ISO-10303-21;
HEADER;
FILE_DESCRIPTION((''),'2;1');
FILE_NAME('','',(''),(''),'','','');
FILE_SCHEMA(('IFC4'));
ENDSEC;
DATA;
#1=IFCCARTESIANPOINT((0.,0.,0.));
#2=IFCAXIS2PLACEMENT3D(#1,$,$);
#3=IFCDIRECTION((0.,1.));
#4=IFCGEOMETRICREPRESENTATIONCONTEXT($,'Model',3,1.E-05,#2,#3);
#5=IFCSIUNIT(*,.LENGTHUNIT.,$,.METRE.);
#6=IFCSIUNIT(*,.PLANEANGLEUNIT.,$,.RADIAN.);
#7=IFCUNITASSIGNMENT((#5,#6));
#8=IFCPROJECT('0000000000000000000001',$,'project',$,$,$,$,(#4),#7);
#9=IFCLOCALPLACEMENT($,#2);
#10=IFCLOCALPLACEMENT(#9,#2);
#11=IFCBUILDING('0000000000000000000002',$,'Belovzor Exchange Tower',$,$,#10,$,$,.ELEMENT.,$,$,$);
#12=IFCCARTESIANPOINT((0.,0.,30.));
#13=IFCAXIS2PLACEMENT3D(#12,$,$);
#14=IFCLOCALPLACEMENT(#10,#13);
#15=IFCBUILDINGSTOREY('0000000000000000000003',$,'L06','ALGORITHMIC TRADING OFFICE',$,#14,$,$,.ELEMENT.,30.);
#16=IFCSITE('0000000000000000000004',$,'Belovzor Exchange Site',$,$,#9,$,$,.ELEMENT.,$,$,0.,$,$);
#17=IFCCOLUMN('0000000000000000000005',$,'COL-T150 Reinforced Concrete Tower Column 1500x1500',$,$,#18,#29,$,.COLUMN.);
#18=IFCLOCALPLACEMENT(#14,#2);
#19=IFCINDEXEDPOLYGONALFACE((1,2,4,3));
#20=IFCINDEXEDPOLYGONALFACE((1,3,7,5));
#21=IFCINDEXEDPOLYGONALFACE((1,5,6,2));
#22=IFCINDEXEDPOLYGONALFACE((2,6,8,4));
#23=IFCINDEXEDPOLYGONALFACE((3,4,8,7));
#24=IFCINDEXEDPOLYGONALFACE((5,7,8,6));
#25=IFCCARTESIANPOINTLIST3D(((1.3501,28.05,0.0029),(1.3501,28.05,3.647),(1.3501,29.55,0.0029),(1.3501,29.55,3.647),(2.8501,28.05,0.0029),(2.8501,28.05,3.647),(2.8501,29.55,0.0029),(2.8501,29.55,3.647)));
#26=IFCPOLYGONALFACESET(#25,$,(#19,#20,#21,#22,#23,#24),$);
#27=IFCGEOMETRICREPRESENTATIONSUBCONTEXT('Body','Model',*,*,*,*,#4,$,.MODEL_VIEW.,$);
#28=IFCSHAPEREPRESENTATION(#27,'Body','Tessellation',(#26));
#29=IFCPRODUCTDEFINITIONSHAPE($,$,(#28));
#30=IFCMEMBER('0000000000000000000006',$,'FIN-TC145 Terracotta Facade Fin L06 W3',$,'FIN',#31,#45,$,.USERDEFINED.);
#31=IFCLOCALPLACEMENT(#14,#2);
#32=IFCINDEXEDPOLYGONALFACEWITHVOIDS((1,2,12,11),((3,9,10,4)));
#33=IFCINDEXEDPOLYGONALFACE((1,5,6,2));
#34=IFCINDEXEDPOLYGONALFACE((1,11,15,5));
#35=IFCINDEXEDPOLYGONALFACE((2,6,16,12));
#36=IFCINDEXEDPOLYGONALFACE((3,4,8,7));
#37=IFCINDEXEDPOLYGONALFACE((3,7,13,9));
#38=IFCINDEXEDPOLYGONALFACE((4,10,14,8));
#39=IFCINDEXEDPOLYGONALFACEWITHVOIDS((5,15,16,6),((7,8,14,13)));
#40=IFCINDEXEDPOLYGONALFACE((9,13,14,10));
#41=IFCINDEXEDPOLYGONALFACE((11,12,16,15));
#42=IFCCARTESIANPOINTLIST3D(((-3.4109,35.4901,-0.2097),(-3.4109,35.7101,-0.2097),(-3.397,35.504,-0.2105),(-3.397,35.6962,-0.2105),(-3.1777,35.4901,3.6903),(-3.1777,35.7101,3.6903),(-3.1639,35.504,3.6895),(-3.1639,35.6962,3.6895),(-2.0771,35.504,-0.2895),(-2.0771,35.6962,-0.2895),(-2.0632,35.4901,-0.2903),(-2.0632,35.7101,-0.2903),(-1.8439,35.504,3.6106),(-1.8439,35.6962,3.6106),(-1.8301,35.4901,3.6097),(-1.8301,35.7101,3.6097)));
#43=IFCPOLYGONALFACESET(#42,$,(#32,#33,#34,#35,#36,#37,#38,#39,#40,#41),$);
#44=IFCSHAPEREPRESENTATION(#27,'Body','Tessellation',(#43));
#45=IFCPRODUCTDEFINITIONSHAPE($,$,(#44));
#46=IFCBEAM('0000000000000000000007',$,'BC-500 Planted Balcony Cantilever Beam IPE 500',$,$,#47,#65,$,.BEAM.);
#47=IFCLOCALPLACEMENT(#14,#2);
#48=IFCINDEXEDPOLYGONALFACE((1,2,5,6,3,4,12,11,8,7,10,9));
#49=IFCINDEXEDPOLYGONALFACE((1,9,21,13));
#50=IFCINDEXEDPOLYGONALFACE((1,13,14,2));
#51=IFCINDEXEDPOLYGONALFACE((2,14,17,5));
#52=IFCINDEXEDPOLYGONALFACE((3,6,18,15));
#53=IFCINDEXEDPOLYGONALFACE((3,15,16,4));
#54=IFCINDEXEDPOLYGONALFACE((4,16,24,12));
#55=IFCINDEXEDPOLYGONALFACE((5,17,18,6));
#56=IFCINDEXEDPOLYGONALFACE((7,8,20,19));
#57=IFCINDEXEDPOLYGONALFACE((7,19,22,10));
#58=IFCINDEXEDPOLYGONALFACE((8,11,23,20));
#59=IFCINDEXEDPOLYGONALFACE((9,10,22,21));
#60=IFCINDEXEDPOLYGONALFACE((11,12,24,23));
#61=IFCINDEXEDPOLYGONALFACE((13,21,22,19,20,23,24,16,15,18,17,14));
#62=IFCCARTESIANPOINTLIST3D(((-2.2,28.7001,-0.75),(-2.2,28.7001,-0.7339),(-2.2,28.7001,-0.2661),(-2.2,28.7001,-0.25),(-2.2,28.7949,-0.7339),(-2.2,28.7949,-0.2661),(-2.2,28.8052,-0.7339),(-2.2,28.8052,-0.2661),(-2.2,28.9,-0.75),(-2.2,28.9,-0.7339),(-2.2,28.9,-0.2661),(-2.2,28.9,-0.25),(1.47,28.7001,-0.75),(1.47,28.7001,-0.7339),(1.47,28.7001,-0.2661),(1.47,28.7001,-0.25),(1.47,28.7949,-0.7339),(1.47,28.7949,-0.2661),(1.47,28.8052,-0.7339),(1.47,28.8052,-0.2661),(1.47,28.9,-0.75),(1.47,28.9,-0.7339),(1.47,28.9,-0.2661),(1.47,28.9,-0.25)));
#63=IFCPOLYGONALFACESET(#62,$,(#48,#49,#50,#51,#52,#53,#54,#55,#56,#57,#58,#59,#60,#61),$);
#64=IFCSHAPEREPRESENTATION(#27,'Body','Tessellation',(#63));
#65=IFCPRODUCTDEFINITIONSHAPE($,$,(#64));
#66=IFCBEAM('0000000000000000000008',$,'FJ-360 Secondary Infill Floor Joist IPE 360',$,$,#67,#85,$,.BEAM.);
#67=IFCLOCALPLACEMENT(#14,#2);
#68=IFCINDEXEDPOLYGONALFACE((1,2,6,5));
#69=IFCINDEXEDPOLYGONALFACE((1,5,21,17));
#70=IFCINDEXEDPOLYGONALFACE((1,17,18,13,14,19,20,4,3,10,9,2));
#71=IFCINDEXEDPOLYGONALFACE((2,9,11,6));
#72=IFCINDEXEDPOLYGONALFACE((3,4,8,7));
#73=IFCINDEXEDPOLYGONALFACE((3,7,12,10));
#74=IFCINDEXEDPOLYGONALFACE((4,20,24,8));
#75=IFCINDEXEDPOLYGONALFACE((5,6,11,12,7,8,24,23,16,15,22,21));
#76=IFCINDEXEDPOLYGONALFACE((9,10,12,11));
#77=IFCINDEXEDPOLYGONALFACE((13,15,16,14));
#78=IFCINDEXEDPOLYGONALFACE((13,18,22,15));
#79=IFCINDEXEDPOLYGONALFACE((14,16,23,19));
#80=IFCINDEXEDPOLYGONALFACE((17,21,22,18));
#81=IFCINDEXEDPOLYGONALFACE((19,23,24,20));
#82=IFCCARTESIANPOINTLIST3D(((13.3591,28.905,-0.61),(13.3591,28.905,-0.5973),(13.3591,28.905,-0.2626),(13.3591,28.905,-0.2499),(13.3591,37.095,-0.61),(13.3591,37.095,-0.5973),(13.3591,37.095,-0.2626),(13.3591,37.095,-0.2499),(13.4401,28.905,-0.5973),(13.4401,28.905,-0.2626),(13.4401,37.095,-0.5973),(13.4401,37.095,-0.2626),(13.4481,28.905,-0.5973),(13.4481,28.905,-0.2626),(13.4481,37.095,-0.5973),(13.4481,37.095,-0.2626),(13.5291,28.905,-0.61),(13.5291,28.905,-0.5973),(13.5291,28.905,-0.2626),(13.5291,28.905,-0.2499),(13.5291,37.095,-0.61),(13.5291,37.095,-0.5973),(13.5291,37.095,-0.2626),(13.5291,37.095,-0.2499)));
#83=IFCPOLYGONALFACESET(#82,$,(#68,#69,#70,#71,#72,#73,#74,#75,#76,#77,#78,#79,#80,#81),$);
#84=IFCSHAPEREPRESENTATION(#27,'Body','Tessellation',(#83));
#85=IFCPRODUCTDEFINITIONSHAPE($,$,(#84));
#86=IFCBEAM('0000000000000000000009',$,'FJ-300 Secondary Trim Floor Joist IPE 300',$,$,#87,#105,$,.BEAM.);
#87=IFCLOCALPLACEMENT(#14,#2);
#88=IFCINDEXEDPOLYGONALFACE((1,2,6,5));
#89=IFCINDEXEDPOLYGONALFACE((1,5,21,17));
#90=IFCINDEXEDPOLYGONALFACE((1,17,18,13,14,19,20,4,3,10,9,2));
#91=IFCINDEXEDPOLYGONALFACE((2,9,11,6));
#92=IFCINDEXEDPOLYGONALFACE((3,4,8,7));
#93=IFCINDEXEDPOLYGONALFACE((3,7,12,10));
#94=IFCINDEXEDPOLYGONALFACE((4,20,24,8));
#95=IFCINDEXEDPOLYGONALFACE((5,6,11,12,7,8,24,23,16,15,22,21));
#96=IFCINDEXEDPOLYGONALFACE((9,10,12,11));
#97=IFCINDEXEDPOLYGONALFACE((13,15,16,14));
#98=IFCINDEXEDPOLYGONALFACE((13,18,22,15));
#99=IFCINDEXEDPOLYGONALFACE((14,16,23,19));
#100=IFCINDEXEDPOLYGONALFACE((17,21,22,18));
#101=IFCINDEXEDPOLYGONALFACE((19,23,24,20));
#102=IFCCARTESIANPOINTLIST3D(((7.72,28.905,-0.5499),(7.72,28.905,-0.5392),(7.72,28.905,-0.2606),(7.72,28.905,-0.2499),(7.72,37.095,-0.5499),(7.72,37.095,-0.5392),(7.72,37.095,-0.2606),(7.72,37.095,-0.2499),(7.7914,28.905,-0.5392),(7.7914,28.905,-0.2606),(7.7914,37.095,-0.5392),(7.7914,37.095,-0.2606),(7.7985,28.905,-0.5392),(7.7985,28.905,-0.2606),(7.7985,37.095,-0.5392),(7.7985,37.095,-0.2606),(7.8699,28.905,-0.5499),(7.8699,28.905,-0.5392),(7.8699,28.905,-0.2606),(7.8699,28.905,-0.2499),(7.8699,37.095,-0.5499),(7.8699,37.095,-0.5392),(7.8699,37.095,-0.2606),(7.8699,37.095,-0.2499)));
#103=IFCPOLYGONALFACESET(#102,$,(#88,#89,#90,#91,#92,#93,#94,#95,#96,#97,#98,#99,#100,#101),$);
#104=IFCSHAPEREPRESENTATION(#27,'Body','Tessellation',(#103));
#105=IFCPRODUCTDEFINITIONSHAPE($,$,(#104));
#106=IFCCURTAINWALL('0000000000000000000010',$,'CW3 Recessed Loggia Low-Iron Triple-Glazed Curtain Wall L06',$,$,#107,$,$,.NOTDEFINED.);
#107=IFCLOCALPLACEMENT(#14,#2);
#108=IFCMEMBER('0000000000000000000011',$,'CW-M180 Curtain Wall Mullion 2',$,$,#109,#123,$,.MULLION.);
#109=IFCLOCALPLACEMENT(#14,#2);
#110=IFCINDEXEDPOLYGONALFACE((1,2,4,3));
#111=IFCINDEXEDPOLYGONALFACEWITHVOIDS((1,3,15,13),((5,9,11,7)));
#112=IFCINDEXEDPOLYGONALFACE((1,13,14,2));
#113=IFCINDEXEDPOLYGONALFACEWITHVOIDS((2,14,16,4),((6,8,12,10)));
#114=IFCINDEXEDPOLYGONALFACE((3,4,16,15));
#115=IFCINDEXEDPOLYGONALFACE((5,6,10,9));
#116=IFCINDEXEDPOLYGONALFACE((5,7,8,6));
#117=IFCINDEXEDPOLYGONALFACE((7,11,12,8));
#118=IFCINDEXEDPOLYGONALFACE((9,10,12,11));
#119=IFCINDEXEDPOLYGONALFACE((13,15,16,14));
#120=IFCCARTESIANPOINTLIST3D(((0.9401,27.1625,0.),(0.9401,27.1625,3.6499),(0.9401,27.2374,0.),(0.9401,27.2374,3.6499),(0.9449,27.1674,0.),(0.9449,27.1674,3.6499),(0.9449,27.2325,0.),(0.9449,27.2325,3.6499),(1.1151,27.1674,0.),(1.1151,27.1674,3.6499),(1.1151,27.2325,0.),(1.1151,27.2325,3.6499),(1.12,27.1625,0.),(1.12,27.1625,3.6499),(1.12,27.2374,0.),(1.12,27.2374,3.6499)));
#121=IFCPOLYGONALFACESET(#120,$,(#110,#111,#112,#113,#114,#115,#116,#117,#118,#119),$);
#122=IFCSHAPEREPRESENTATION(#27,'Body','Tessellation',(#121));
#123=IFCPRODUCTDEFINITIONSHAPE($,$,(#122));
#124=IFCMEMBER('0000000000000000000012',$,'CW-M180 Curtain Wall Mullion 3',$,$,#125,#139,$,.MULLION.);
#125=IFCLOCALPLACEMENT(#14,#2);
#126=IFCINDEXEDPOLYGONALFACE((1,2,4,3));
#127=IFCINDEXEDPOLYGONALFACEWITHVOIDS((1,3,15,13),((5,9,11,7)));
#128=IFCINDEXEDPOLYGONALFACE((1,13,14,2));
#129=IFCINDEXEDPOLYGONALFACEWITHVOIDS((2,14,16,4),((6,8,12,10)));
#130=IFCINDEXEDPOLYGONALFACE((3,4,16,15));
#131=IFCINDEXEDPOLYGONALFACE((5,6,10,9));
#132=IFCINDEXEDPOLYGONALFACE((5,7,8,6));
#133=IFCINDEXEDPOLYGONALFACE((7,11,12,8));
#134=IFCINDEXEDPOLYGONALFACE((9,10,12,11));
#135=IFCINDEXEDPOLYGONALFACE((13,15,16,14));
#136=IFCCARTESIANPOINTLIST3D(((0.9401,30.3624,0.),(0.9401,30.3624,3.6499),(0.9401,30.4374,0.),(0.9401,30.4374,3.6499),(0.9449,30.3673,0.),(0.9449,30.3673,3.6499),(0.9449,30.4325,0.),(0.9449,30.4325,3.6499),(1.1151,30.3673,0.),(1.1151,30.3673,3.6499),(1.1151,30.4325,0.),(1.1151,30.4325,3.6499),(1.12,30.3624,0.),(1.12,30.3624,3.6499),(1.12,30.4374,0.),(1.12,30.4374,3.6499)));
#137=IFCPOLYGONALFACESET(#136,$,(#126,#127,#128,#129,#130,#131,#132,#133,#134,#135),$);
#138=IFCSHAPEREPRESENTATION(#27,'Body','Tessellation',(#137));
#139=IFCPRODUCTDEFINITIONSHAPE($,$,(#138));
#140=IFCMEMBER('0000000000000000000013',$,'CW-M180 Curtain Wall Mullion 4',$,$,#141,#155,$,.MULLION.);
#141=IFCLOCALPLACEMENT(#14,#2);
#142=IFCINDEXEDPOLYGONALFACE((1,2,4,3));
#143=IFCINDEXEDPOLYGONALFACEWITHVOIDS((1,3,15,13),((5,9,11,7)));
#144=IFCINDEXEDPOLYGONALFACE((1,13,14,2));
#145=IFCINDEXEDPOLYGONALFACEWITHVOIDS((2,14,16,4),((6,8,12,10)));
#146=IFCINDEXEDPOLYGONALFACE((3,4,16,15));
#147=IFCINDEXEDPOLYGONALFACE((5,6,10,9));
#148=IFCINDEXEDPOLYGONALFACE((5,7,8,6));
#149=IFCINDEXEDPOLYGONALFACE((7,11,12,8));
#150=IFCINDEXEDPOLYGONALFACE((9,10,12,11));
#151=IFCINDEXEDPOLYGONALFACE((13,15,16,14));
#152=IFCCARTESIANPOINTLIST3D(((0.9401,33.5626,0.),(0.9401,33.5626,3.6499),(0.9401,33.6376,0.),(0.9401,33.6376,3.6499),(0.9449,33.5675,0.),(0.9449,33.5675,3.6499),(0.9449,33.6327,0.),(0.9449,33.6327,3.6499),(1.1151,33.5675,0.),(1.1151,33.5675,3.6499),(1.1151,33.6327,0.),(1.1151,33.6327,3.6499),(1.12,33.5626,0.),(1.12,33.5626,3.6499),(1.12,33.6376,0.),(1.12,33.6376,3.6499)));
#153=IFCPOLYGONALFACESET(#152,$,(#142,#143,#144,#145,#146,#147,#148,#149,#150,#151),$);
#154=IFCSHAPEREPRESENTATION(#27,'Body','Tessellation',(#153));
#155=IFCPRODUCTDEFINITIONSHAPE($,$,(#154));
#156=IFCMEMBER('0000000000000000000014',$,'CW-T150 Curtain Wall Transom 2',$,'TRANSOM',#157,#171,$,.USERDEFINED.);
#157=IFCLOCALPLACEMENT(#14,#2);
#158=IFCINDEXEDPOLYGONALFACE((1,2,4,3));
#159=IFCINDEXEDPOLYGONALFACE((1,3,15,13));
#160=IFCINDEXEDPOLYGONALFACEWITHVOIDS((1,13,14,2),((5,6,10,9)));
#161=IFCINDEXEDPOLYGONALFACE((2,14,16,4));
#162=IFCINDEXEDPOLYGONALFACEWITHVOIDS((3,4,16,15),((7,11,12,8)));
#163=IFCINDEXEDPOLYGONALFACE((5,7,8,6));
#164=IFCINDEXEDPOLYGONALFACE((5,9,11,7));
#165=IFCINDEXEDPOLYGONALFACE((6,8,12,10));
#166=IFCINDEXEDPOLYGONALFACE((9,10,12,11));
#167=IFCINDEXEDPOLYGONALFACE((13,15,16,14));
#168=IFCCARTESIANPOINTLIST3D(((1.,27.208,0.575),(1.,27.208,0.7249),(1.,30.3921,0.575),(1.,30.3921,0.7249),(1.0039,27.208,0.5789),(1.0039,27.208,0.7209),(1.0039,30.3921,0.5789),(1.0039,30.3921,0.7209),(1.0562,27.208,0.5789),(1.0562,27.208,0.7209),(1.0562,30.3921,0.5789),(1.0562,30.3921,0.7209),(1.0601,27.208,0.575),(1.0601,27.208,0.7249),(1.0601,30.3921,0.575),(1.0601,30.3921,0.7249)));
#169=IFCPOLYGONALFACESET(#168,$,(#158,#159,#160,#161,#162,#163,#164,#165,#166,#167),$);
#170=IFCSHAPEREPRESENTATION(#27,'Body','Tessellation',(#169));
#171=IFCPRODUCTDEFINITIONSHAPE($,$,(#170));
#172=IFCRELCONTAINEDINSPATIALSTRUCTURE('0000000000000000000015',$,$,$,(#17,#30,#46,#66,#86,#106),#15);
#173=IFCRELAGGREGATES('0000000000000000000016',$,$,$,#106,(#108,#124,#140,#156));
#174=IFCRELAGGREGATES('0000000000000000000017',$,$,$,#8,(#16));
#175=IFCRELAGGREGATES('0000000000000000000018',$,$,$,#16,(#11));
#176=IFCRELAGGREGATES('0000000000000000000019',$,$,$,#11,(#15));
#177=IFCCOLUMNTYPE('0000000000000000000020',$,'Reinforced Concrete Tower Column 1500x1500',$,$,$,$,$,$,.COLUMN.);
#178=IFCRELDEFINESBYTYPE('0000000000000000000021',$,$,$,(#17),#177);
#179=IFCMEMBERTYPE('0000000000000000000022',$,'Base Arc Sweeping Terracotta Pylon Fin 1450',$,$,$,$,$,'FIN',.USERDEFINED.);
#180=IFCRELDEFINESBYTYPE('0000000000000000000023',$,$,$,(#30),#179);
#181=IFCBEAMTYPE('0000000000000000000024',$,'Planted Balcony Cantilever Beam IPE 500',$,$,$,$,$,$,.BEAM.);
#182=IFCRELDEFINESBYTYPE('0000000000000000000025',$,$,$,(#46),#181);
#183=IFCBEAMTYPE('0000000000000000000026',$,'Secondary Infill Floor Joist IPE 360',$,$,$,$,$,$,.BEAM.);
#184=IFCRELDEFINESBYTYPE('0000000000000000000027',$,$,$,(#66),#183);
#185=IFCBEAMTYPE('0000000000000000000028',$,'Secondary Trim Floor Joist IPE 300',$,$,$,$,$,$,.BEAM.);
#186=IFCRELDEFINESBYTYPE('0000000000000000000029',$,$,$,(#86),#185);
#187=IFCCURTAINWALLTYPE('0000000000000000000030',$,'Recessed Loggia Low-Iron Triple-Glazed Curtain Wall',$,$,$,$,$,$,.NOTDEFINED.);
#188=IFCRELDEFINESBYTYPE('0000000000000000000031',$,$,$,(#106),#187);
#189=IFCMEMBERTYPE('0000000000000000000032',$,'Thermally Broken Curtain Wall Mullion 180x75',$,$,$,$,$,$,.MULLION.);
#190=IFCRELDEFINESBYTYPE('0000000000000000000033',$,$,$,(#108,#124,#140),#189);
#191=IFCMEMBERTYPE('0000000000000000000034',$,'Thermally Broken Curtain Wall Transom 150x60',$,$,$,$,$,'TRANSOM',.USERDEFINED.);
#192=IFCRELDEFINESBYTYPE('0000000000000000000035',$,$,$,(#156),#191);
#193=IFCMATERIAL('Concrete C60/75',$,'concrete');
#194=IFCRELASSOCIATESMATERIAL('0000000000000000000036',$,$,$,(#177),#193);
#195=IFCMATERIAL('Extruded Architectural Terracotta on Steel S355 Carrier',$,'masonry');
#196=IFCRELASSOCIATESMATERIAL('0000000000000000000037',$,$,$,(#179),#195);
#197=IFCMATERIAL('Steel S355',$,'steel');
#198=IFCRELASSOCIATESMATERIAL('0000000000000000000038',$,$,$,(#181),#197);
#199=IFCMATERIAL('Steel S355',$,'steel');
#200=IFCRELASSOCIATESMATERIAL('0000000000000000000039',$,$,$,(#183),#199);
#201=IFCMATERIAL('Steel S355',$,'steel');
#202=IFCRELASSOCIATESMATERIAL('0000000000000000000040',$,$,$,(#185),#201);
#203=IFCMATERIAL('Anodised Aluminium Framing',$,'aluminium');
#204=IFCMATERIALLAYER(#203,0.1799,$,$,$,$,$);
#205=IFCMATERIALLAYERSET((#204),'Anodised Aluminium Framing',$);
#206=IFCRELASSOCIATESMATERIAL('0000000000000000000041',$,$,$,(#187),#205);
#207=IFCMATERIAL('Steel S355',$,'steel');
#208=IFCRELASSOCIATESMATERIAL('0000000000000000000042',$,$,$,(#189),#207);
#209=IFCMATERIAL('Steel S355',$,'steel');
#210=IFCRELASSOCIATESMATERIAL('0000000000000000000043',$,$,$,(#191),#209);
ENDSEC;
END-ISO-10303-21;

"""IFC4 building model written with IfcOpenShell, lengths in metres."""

from ifc_helpers import new_model, si_unit, direction, frame, origin, origin_2d, place, context, subcontext, project, spatial, rectangle, hollow_rectangle, i_section, extrude, material, layer, layer_set, material_profile, profile_set, type_object, element, aggregate, save


model = new_model("IFC4")

# Units and contexts
model_context = context("Model", 3, precision=1e-05, world=origin(), true_north=direction((0.0, 1.0)))
body_context = subcontext(model_context, "Body", "Model", "MODEL_VIEW")
ifc_project = project(units=[si_unit("LENGTHUNIT", "METRE"), si_unit("PLANEANGLEUNIT", "RADIAN")], contexts=[model_context])

# Site, building, storey
site_placement = place(None, origin())
site = spatial("IfcSite", under=ifc_project, at=site_placement, Name="Belovzor Exchange Site", CompositionType="ELEMENT", RefElevation=0.0)
building_placement = place(site_placement, origin())
building = spatial("IfcBuilding", under=site, at=building_placement, Name="Belovzor Exchange Tower", CompositionType="ELEMENT")
storey_placement = place(building_placement, frame((0.0, 0.0, 30.0)))
storey = spatial("IfcBuildingStorey", under=building, at=storey_placement, Name="L06", Description="ALGORITHMIC TRADING OFFICE", CompositionType="ELEMENT", Elevation=30.0)

# Column
ifc_material_1 = material(Name="Concrete C60/75", Category="concrete")
ifc_material_profile_1 = material_profile(ifc_material_1, rectangle(XDim=1.5, YDim=1.5, at=origin_2d()))
ifc_profile_set_1 = profile_set([ifc_material_profile_1], Name="Concrete C60/75")
column_type = type_object("IfcColumnType", Name="Reinforced Concrete Tower Column 1500x1500", PredefinedType="COLUMN", material=ifc_profile_set_1)
column_placement = place(storey_placement, frame((2.1001, 28.8, 0.0029), z_axis=(0.0, 0.0, 1.0), x_axis=(1.0, 0.0, 0.0)))
element("IfcColumn", 1, at=column_placement, inside=storey, type_object=column_type, Name="COL-T150 Reinforced Concrete Tower Column 1500x1500", PredefinedType="COLUMN", context=body_context, shape_type="SweptSolid", body=[
    extrude(rectangle(XDim=1.5, YDim=1.5, at=origin_2d()), origin(), (0.0, 0.0, 1.0), 3.644),
])

# Member
ifc_material_2 = material(Name="Extruded Architectural Terracotta on Steel S355 Carrier", Category="masonry")
ifc_material_profile_2 = material_profile(ifc_material_2, hollow_rectangle(XDim=0.22, YDim=1.3501, WallThickness=0.0139, at=origin_2d()))
ifc_profile_set_2 = profile_set([ifc_material_profile_2], Name="Extruded Architectural Terracotta on Steel S355 Carrier")
member_type_1 = type_object("IfcMemberType", Name="Base Arc Sweeping Terracotta Pylon Fin 1450", ElementType="FIN", PredefinedType="USERDEFINED", material=ifc_profile_set_2)
member_1_placement = place(storey_placement, frame((-2.7371, 35.6001, -0.25), z_axis=(0.059678, 0.0, 0.998218), x_axis=(0.0, 1.0, 0.0)))
element("IfcMember", 2, at=member_1_placement, inside=storey, type_object=member_type_1, Name="FIN-TC145 Terracotta Facade Fin L06 W3", ObjectType="FIN", PredefinedType="USERDEFINED", context=body_context, shape_type="SweptSolid", body=[
    extrude(hollow_rectangle(XDim=0.22, YDim=1.3501, WallThickness=0.0139, at=origin_2d()), origin(), (0.0, 0.0, 1.0), 3.907),
])

# Beams
ifc_material_3 = material(Name="Steel S355", Category="steel")
ifc_material_profile_3 = material_profile(ifc_material_3, i_section(OverallWidth=0.2, OverallDepth=0.5, WebThickness=0.0103, FlangeThickness=0.0161, at=origin_2d()))
ifc_profile_set_3 = profile_set([ifc_material_profile_3], Name="Steel S355")
beam_type_1 = type_object("IfcBeamType", Name="Planted Balcony Cantilever Beam IPE 500", PredefinedType="BEAM", material=ifc_profile_set_3)
beam_1_placement = place(storey_placement, frame((1.47, 28.8, -0.5), z_axis=(-1.0, 0.0, 0.0), x_axis=(0.0, -1.0, 0.0)))
element("IfcBeam", 3, at=beam_1_placement, inside=storey, type_object=beam_type_1, Name="BC-500 Planted Balcony Cantilever Beam IPE 500", PredefinedType="BEAM", context=body_context, shape_type="SweptSolid", body=[
    extrude(i_section(OverallWidth=0.2, OverallDepth=0.5, WebThickness=0.0103, FlangeThickness=0.0161, at=origin_2d()), origin(), (0.0, 0.0, 1.0), 3.6699),
])
ifc_material_4 = material(Name="Steel S355", Category="steel")
ifc_material_profile_4 = material_profile(ifc_material_4, i_section(OverallWidth=0.1699, OverallDepth=0.3601, WebThickness=0.0081, FlangeThickness=0.0127, at=origin_2d()))
ifc_profile_set_4 = profile_set([ifc_material_profile_4], Name="Steel S355")
beam_type_2 = type_object("IfcBeamType", Name="Secondary Infill Floor Joist IPE 360", PredefinedType="BEAM", material=ifc_profile_set_4)
beam_2_placement = place(storey_placement, frame((13.4441, 28.905, -0.4299), z_axis=(0.0, 1.0, 0.0), x_axis=(-1.0, 0.0, 0.0)))
element("IfcBeam", 4, at=beam_2_placement, inside=storey, type_object=beam_type_2, Name="FJ-360 Secondary Infill Floor Joist IPE 360", PredefinedType="BEAM", context=body_context, shape_type="SweptSolid", body=[
    extrude(i_section(OverallWidth=0.1699, OverallDepth=0.3601, WebThickness=0.0081, FlangeThickness=0.0127, at=origin_2d()), origin(), (0.0, 0.0, 1.0), 8.1899),
])
ifc_material_5 = material(Name="Steel S355", Category="steel")
ifc_material_profile_5 = material_profile(ifc_material_5, i_section(OverallWidth=0.1499, OverallDepth=0.3, WebThickness=0.0071, FlangeThickness=0.0107, at=origin_2d()))
ifc_profile_set_5 = profile_set([ifc_material_profile_5], Name="Steel S355")
beam_type_3 = type_object("IfcBeamType", Name="Secondary Trim Floor Joist IPE 300", PredefinedType="BEAM", material=ifc_profile_set_5)
beam_3_placement = place(storey_placement, frame((7.7949, 28.905, -0.3999), z_axis=(0.0, 1.0, 0.0), x_axis=(-1.0, 0.0, 0.0)))
element("IfcBeam", 5, at=beam_3_placement, inside=storey, type_object=beam_type_3, Name="FJ-300 Secondary Trim Floor Joist IPE 300", PredefinedType="BEAM", context=body_context, shape_type="SweptSolid", body=[
    extrude(i_section(OverallWidth=0.1499, OverallDepth=0.3, WebThickness=0.0071, FlangeThickness=0.0107, at=origin_2d()), origin(), (0.0, 0.0, 1.0), 8.1899),
])

# Curtain wall, members
ifc_material_6 = material(Name="Anodised Aluminium Framing", Category="aluminium")
ifc_layer_1 = layer(ifc_material_6, 0.1799)
ifc_layer_set_1 = layer_set([ifc_layer_1], Name="Anodised Aluminium Framing")
curtain_wall_type = type_object("IfcCurtainWallType", Name="Recessed Loggia Low-Iron Triple-Glazed Curtain Wall", PredefinedType="NOTDEFINED", material=ifc_layer_set_1)
curtain_wall_placement = place(storey_placement, origin())
curtain_wall = element("IfcCurtainWall", 6, at=curtain_wall_placement, inside=storey, type_object=curtain_wall_type, Name="CW3 Recessed Loggia Low-Iron Triple-Glazed Curtain Wall L06", PredefinedType="NOTDEFINED")
ifc_material_7 = material(Name="Steel S355", Category="steel")
ifc_material_profile_6 = material_profile(ifc_material_7, hollow_rectangle(XDim=0.075, YDim=0.1799, WallThickness=0.0049, at=origin_2d()))
ifc_profile_set_6 = profile_set([ifc_material_profile_6], Name="Steel S355")
member_type_2 = type_object("IfcMemberType", Name="Thermally Broken Curtain Wall Mullion 180x75", PredefinedType="MULLION", material=ifc_profile_set_6)
member_2_placement = place(storey_placement, frame((1.03, 27.2, 0.0), z_axis=(0.0, 0.0, 1.0), x_axis=(0.0, 1.0, 0.0)))
member_2 = element("IfcMember", 7, at=member_2_placement, type_object=member_type_2, Name="CW-M180 Curtain Wall Mullion 2", PredefinedType="MULLION", context=body_context, shape_type="SweptSolid", body=[
    extrude(hollow_rectangle(XDim=0.075, YDim=0.1799, WallThickness=0.0049, at=origin_2d()), origin(), (0.0, 0.0, 1.0), 3.6499),
])
member_3_placement = place(storey_placement, frame((1.03, 30.3999, 0.0), z_axis=(0.0, 0.0, 1.0), x_axis=(0.0, 1.0, 0.0)))
member_3 = element("IfcMember", 8, at=member_3_placement, type_object=member_type_2, Name="CW-M180 Curtain Wall Mullion 3", PredefinedType="MULLION", context=body_context, shape_type="SweptSolid", body=[
    extrude(hollow_rectangle(XDim=0.075, YDim=0.1799, WallThickness=0.0049, at=origin_2d()), origin(), (0.0, 0.0, 1.0), 3.6499),
])
member_4_placement = place(storey_placement, frame((1.03, 33.6001, 0.0), z_axis=(0.0, 0.0, 1.0), x_axis=(0.0, 1.0, 0.0)))
member_4 = element("IfcMember", 9, at=member_4_placement, type_object=member_type_2, Name="CW-M180 Curtain Wall Mullion 4", PredefinedType="MULLION", context=body_context, shape_type="SweptSolid", body=[
    extrude(hollow_rectangle(XDim=0.075, YDim=0.1799, WallThickness=0.0049, at=origin_2d()), origin(), (0.0, 0.0, 1.0), 3.6499),
])
ifc_material_8 = material(Name="Steel S355", Category="steel")
ifc_material_profile_7 = material_profile(ifc_material_8, hollow_rectangle(XDim=0.0601, YDim=0.1499, WallThickness=0.0039, at=origin_2d()))
ifc_profile_set_7 = profile_set([ifc_material_profile_7], Name="Steel S355")
member_type_3 = type_object("IfcMemberType", Name="Thermally Broken Curtain Wall Transom 150x60", ElementType="TRANSOM", PredefinedType="USERDEFINED", material=ifc_profile_set_7)
member_5_placement = place(storey_placement, frame((1.03, 27.208, 0.6499), z_axis=(0.0, 1.0, 0.0), x_axis=(-1.0, 0.0, 0.0)))
member_5 = element("IfcMember", 10, at=member_5_placement, type_object=member_type_3, Name="CW-T150 Curtain Wall Transom 2", ObjectType="TRANSOM", PredefinedType="USERDEFINED", context=body_context, shape_type="SweptSolid", body=[
    extrude(hollow_rectangle(XDim=0.0601, YDim=0.1499, WallThickness=0.0039, at=origin_2d()), origin(), (0.0, 0.0, 1.0), 3.1841),
])

aggregate(curtain_wall, [member_2, member_3, member_4, member_5])

save(model, "model.ifc")
